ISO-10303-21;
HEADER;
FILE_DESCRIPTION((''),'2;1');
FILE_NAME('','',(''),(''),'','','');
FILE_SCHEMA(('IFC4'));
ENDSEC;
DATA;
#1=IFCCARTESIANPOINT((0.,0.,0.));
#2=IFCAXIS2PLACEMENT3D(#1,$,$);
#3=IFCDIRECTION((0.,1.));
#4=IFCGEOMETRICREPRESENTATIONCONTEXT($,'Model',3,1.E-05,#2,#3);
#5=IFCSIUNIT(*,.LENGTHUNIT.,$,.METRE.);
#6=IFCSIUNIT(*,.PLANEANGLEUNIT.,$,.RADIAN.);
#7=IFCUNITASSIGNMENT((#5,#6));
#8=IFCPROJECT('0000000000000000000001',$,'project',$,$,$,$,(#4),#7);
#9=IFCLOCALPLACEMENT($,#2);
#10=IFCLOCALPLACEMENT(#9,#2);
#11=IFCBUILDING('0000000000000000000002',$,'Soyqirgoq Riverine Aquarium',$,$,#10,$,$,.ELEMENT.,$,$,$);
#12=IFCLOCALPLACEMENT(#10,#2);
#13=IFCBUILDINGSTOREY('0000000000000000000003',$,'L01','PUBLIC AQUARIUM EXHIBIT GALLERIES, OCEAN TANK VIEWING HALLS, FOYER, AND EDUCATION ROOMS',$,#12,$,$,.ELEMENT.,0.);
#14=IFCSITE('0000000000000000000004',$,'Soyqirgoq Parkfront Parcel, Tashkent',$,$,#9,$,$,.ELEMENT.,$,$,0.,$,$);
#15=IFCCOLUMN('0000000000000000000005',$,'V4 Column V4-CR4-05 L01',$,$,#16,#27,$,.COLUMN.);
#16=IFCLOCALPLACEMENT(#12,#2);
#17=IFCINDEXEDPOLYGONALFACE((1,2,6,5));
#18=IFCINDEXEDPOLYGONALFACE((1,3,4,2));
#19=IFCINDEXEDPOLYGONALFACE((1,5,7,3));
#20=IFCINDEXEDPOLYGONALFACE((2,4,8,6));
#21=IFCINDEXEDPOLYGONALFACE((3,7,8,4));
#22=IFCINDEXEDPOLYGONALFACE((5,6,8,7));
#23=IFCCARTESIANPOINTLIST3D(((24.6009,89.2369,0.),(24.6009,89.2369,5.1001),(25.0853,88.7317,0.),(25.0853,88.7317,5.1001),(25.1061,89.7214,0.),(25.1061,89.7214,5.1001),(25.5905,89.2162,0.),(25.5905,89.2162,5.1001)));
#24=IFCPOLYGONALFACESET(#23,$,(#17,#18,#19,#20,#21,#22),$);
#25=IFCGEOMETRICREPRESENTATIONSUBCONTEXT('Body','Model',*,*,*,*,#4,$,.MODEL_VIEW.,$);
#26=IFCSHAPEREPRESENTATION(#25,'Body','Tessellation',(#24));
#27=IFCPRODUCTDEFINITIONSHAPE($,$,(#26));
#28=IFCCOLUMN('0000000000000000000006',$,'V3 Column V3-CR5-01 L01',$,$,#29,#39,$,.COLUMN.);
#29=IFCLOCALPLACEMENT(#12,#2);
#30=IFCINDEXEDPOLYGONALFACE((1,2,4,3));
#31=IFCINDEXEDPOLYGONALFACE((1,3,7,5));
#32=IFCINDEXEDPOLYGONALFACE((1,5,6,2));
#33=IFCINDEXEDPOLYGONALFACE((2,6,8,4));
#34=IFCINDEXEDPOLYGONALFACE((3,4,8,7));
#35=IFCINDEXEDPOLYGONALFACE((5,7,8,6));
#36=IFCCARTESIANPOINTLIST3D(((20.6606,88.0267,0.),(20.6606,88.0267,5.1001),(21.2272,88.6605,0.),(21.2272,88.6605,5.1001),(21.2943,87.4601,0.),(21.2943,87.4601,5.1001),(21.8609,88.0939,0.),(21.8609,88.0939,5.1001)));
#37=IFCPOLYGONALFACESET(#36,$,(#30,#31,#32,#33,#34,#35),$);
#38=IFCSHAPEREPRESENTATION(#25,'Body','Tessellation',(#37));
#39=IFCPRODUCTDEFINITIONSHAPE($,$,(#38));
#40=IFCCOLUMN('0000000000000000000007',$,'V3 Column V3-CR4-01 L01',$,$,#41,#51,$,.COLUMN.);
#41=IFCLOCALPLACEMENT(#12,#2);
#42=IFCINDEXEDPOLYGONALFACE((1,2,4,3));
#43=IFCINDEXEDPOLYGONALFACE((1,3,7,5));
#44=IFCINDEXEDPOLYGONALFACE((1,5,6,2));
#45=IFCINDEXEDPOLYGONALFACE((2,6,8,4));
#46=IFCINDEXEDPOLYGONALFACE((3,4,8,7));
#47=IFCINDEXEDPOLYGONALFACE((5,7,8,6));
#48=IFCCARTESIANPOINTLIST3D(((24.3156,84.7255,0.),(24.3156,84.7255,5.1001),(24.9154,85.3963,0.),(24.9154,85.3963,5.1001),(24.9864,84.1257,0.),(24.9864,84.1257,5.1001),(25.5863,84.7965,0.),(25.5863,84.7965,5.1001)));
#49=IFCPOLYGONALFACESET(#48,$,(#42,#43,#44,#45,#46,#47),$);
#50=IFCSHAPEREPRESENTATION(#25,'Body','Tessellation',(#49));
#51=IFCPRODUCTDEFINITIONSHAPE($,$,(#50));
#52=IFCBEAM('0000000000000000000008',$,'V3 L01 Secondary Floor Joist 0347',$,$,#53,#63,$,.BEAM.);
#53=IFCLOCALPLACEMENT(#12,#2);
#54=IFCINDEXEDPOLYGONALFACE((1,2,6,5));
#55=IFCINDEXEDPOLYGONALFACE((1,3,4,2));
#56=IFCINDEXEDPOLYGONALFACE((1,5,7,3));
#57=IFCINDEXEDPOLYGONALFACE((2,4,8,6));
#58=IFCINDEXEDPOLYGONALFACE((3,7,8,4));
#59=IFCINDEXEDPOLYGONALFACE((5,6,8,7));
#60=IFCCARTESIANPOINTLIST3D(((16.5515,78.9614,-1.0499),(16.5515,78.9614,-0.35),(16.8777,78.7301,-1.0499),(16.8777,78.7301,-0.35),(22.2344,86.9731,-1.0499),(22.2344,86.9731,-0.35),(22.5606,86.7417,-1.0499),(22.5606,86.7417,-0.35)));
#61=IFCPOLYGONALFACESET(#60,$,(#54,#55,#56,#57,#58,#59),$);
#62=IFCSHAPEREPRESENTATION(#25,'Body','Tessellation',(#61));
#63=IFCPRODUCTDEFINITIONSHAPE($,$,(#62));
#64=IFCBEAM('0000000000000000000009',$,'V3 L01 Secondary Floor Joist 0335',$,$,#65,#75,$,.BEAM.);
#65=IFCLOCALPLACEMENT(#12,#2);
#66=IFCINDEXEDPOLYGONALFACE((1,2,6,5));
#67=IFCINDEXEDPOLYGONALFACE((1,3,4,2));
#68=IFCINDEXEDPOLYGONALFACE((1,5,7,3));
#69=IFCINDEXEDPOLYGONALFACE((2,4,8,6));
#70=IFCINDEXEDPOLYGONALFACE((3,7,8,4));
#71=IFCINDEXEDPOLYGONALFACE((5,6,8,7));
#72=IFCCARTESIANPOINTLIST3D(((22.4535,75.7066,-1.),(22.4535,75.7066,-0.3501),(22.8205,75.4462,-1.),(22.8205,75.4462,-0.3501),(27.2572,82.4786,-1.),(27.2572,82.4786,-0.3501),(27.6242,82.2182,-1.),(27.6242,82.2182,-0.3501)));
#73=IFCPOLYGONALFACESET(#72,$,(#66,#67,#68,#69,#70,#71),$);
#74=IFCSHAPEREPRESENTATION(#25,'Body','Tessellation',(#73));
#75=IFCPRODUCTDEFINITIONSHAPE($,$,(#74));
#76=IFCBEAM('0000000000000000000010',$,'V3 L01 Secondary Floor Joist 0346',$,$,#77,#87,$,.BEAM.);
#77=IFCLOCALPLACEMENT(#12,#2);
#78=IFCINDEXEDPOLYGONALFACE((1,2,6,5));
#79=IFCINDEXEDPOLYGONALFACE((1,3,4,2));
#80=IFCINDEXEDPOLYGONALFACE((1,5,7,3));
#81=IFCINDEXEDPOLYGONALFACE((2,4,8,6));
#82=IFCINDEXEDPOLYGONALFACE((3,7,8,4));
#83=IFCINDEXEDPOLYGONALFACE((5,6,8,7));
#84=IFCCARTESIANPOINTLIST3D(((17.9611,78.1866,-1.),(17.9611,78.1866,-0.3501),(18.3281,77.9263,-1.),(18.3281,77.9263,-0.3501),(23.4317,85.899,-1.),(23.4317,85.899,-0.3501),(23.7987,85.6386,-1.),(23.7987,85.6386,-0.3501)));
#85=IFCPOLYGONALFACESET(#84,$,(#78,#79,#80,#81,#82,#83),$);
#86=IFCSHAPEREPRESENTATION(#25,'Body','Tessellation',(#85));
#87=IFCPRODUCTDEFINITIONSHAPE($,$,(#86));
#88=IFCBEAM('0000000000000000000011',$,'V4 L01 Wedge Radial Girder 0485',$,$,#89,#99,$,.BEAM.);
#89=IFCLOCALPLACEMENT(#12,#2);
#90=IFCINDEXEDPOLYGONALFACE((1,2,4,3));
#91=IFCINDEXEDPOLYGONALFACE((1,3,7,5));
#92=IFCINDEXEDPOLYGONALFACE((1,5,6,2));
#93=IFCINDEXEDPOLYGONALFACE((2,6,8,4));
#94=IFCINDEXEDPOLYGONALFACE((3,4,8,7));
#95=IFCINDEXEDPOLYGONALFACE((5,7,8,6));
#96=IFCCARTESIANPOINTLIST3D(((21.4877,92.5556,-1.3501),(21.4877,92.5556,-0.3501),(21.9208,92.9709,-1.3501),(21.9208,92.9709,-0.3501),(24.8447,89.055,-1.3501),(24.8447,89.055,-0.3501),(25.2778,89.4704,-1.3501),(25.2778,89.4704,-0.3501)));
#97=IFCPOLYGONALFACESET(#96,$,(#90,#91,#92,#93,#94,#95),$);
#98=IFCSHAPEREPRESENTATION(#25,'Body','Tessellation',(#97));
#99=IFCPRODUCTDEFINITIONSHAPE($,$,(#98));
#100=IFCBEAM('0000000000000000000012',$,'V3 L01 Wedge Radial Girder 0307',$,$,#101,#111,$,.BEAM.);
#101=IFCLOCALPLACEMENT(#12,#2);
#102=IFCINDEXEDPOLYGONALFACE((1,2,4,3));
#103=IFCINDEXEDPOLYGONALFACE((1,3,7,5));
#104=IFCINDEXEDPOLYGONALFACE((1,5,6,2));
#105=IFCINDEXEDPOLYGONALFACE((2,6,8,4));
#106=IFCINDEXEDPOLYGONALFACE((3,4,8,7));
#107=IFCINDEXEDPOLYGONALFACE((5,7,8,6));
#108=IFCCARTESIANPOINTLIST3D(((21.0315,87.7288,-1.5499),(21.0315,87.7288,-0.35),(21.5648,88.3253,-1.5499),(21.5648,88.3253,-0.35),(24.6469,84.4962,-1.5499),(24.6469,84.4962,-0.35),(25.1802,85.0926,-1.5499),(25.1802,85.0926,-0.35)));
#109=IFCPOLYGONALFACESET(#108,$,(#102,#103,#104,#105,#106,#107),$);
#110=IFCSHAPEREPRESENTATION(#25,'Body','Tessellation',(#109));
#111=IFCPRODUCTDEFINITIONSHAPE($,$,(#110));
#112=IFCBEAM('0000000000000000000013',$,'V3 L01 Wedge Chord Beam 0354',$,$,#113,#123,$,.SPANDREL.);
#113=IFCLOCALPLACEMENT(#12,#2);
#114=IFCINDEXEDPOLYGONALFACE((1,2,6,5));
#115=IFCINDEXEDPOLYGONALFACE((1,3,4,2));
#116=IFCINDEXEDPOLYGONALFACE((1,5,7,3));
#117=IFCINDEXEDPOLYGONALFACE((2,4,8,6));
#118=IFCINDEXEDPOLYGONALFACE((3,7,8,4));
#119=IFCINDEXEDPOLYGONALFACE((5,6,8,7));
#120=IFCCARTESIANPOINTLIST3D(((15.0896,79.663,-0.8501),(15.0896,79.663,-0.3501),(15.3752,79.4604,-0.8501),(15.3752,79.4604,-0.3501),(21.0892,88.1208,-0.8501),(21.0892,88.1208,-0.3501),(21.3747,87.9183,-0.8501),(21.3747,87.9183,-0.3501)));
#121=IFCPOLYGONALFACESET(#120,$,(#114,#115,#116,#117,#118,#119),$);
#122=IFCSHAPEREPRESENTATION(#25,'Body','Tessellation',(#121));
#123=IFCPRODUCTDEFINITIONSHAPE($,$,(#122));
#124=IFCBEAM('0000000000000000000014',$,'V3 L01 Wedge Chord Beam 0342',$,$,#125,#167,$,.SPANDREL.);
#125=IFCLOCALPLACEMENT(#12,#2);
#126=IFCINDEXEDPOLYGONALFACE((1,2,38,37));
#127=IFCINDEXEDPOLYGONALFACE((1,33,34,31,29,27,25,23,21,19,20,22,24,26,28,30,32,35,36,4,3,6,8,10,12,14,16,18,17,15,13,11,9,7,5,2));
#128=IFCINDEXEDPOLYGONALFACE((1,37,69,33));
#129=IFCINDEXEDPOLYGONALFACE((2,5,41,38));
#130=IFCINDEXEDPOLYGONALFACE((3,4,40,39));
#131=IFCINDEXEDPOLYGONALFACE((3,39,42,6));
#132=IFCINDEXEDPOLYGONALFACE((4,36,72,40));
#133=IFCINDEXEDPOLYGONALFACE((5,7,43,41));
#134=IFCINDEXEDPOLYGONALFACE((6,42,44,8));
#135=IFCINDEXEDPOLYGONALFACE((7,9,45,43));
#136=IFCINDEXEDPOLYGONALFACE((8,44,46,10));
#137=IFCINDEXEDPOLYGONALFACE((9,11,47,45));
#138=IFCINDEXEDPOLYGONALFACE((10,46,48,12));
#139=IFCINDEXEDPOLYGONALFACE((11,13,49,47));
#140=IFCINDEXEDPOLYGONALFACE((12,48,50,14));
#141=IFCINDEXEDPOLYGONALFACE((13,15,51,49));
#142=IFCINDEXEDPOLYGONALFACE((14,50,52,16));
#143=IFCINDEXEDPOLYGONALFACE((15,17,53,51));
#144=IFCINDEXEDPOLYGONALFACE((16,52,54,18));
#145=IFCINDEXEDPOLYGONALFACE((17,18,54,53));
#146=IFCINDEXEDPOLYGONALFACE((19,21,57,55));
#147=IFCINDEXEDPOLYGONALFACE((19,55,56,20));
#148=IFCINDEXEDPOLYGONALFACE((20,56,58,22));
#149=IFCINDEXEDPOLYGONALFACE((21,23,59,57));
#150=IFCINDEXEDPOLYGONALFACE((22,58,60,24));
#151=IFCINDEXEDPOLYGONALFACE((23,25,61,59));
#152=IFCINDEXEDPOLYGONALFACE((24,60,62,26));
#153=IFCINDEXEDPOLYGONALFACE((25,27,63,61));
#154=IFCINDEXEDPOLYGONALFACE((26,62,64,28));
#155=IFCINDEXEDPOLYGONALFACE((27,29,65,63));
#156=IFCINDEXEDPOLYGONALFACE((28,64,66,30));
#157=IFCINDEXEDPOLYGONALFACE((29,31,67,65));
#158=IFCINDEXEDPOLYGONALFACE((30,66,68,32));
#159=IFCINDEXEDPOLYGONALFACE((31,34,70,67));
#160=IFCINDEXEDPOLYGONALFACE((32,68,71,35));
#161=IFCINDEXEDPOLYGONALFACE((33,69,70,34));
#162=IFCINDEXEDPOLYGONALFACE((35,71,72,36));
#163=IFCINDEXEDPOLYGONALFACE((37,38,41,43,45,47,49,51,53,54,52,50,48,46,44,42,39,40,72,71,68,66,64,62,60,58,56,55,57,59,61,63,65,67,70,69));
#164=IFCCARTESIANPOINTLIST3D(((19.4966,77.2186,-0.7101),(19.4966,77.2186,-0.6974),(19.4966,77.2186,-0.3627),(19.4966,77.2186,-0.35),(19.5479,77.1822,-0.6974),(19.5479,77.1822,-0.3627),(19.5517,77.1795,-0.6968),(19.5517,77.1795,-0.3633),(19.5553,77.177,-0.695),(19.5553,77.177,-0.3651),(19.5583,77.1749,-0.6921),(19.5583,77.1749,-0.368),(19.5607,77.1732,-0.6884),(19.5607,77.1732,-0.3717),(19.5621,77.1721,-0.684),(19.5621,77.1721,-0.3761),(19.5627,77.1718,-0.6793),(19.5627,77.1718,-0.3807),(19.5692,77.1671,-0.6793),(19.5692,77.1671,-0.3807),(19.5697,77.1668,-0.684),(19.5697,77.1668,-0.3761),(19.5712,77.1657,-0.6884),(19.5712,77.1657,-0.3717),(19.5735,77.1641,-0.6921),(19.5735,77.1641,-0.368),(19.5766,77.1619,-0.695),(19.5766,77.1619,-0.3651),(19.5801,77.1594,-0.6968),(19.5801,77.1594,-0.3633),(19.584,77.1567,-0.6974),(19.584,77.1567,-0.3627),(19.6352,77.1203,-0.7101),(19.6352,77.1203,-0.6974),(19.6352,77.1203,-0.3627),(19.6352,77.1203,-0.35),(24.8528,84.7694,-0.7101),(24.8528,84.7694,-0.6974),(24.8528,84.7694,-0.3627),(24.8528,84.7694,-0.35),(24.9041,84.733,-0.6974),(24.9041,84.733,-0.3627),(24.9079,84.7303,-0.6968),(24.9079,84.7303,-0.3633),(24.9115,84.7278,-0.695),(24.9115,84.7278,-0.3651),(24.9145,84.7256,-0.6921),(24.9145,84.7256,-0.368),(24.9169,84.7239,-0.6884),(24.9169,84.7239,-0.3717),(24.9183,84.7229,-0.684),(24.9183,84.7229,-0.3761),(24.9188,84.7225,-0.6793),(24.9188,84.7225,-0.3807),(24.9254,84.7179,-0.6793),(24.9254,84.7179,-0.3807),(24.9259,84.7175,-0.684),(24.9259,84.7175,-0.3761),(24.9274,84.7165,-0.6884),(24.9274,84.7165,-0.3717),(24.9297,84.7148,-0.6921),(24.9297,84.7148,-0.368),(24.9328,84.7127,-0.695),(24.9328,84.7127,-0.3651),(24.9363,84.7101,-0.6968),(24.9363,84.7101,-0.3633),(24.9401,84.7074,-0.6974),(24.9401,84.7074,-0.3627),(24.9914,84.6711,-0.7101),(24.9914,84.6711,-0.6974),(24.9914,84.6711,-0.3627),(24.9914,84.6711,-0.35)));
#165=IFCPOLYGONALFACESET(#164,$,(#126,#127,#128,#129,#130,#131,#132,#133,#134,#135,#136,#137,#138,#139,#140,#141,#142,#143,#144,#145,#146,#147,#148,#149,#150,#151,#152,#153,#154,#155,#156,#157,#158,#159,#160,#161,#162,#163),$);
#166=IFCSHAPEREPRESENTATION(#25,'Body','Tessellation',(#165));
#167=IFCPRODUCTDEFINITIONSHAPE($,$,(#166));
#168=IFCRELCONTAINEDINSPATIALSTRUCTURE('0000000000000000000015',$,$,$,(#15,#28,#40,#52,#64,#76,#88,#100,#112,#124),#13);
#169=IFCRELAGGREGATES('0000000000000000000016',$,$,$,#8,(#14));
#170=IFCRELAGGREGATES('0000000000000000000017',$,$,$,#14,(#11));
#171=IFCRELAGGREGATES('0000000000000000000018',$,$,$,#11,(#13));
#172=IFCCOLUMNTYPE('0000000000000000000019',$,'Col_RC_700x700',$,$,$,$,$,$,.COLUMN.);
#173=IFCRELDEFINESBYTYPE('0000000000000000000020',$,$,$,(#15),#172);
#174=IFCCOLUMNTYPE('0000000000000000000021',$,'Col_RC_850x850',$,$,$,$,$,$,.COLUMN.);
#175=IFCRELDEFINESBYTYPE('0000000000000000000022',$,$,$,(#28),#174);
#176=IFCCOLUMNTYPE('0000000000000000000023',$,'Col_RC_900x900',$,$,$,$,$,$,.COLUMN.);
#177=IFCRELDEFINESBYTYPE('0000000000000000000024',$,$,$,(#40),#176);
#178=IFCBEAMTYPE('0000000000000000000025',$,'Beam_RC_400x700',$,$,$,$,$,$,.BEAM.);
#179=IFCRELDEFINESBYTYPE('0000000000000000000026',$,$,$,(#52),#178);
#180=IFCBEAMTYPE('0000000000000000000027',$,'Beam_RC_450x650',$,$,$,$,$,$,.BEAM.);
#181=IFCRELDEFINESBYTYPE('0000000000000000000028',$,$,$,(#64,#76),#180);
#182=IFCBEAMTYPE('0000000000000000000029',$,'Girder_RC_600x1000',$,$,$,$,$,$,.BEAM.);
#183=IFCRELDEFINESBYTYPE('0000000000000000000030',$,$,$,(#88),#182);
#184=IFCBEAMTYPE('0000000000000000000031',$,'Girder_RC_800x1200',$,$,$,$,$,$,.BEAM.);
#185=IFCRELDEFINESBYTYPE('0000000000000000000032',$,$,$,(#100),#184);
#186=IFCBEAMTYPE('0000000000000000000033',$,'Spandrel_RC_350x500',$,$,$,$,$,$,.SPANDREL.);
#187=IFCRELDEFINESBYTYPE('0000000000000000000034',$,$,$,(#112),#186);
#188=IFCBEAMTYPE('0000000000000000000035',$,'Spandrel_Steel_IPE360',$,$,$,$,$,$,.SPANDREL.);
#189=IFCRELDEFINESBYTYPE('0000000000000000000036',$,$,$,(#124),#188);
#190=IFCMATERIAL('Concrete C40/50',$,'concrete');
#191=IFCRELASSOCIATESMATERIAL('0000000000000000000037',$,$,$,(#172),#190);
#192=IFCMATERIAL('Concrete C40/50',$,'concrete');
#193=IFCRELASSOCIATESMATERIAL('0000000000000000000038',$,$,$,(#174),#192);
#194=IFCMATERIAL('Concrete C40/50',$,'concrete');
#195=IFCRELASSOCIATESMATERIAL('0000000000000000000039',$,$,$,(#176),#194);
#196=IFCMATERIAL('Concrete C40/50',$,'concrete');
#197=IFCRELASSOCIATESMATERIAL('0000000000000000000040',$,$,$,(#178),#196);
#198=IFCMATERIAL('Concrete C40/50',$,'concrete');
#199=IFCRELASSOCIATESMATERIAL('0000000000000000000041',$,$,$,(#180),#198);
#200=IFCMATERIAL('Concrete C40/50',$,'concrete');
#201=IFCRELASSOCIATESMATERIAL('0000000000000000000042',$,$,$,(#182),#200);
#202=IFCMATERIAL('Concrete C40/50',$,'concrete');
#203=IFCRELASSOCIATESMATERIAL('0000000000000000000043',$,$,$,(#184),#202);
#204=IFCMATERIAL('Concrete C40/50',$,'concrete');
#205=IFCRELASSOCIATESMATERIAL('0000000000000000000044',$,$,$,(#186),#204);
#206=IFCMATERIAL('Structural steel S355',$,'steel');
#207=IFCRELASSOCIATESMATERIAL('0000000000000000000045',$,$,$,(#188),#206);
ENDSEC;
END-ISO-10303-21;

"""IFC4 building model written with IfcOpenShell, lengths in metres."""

from ifc_helpers import new_model, si_unit, direction, frame, origin, origin_2d, place, context, subcontext, project, spatial, rectangle, i_section, extrude, material, material_profile, profile_set, type_object, element, save


model = new_model("IFC4")

# Units and contexts
model_context = context("Model", 3, precision=1e-05, world=origin(), true_north=direction((0.0, 1.0)))
body_context = subcontext(model_context, "Body", "Model", "MODEL_VIEW")
ifc_project = project(units=[si_unit("LENGTHUNIT", "METRE"), si_unit("PLANEANGLEUNIT", "RADIAN")], contexts=[model_context])

# Site, building, storey
site_placement = place(None, origin())
site = spatial("IfcSite", under=ifc_project, at=site_placement, Name="Soyqirgoq Parkfront Parcel, Tashkent", CompositionType="ELEMENT", RefElevation=0.0)
building_placement = place(site_placement, origin())
building = spatial("IfcBuilding", under=site, at=building_placement, Name="Soyqirgoq Riverine Aquarium", CompositionType="ELEMENT")
storey_placement = place(building_placement, origin())
storey = spatial("IfcBuildingStorey", under=building, at=storey_placement, Name="L01", Description="PUBLIC AQUARIUM EXHIBIT GALLERIES, OCEAN TANK VIEWING HALLS, FOYER, AND EDUCATION ROOMS", CompositionType="ELEMENT", Elevation=0.0)

# Columns
ifc_material_1 = material(Name="Concrete C40/50", Category="concrete")
ifc_material_profile_1 = material_profile(ifc_material_1, rectangle(XDim=0.7, YDim=0.7, at=origin_2d()), Name="RC 700x700")
ifc_profile_set_1 = profile_set([ifc_material_profile_1], Name="Concrete C40/50")
column_type_1 = type_object("IfcColumnType", Name="Col_RC_700x700", PredefinedType="COLUMN", material=ifc_profile_set_1)
column_1_placement = place(storey_placement, frame((25.0957, 89.2266, 0.0), z_axis=(0.0, 0.0, 1.0), x_axis=(-0.692143, 0.72176, 0.0)))
element("IfcColumn", 1, at=column_1_placement, inside=storey, type_object=column_type_1, Name="V4 Column V4-CR4-05 L01", PredefinedType="COLUMN", context=body_context, shape_type="SweptSolid", body=[
    extrude(rectangle(XDim=0.7, YDim=0.7, at=origin_2d()), origin(), (0.0, 0.0, 1.0), 5.1001),
])
ifc_material_2 = material(Name="Concrete C40/50", Category="concrete")
ifc_material_profile_2 = material_profile(ifc_material_2, rectangle(XDim=0.8501, YDim=0.8501, at=origin_2d()), Name="RC 850x850")
ifc_profile_set_2 = profile_set([ifc_material_profile_2], Name="Concrete C40/50")
column_type_2 = type_object("IfcColumnType", Name="Col_RC_850x850", PredefinedType="COLUMN", material=ifc_profile_set_2)
column_2_placement = place(storey_placement, frame((21.2607, 88.0603, 0.0), z_axis=(0.0, 0.0, 1.0), x_axis=(-0.745476, 0.666532, 0.0)))
element("IfcColumn", 2, at=column_2_placement, inside=storey, type_object=column_type_2, Name="V3 Column V3-CR5-01 L01", PredefinedType="COLUMN", context=body_context, shape_type="SweptSolid", body=[
    extrude(rectangle(XDim=0.8501, YDim=0.8501, at=origin_2d()), origin(), (0.0, 0.0, 1.0), 5.1001),
])
ifc_material_3 = material(Name="Concrete C40/50", Category="concrete")
ifc_material_profile_3 = material_profile(ifc_material_3, rectangle(XDim=0.8999, YDim=0.8999, at=origin_2d()), Name="RC 900x900")
ifc_profile_set_3 = profile_set([ifc_material_profile_3], Name="Concrete C40/50")
column_type_3 = type_object("IfcColumnType", Name="Col_RC_900x900", PredefinedType="COLUMN", material=ifc_profile_set_3)
column_3_placement = place(storey_placement, frame((24.9509, 84.761, 0.0), z_axis=(0.0, 0.0, 1.0), x_axis=(-0.745476, 0.666532, 0.0)))
element("IfcColumn", 3, at=column_3_placement, inside=storey, type_object=column_type_3, Name="V3 Column V3-CR4-01 L01", PredefinedType="COLUMN", context=body_context, shape_type="SweptSolid", body=[
    extrude(rectangle(XDim=0.8999, YDim=0.8999, at=origin_2d()), origin(), (0.0, 0.0, 1.0), 5.1001),
])

# Beams
ifc_material_4 = material(Name="Concrete C40/50", Category="concrete")
ifc_material_profile_4 = material_profile(ifc_material_4, rectangle(XDim=0.3999, YDim=0.7, at=origin_2d()), Name="RC 400x700")
ifc_profile_set_4 = profile_set([ifc_material_profile_4], Name="Concrete C40/50")
beam_type_1 = type_object("IfcBeamType", Name="Beam_RC_400x700", PredefinedType="BEAM", material=ifc_profile_set_4)
beam_1_placement = place(storey_placement, frame((22.3975, 86.8574, -0.7), z_axis=(-0.578552, -0.815645, 0.0), x_axis=(0.815645, -0.578552, 0.0)))
element("IfcBeam", 4, at=beam_1_placement, inside=storey, type_object=beam_type_1, Name="V3 L01 Secondary Floor Joist 0347", PredefinedType="BEAM", context=body_context, shape_type="SweptSolid", body=[
    extrude(rectangle(XDim=0.3999, YDim=0.7, at=origin_2d()), origin(), (0.0, 0.0, 1.0), 9.8225),
])
ifc_material_5 = material(Name="Concrete C40/50", Category="concrete")
ifc_material_profile_5 = material_profile(ifc_material_5, rectangle(XDim=0.45, YDim=0.6499, at=origin_2d()), Name="RC 450x650")
ifc_profile_set_5 = profile_set([ifc_material_profile_5], Name="Concrete C40/50")
beam_type_2 = type_object("IfcBeamType", Name="Beam_RC_450x650", PredefinedType="BEAM", material=ifc_profile_set_5)
beam_2_placement = place(storey_placement, frame((27.4407, 82.3484, -0.675), z_axis=(-0.57857, -0.815632, 0.0), x_axis=(0.815632, -0.57857, 0.0)))
element("IfcBeam", 5, at=beam_2_placement, inside=storey, type_object=beam_type_2, Name="V3 L01 Secondary Floor Joist 0335", PredefinedType="BEAM", context=body_context, shape_type="SweptSolid", body=[
    extrude(rectangle(XDim=0.45, YDim=0.6499, at=origin_2d()), origin(), (0.0, 0.0, 1.0), 8.3027),
])
beam_3_placement = place(storey_placement, frame((23.6152, 85.7688, -0.675), z_axis=(-0.578563, -0.815638, 0.0), x_axis=(0.815638, -0.578563, 0.0)))
element("IfcBeam", 6, at=beam_3_placement, inside=storey, type_object=beam_type_2, Name="V3 L01 Secondary Floor Joist 0346", PredefinedType="BEAM", context=body_context, shape_type="SweptSolid", body=[
    extrude(rectangle(XDim=0.45, YDim=0.6499, at=origin_2d()), origin(), (0.0, 0.0, 1.0), 9.4556),
])
ifc_material_6 = material(Name="Concrete C40/50", Category="concrete")
ifc_material_profile_6 = material_profile(ifc_material_6, rectangle(XDim=0.6001, YDim=1.0, at=origin_2d()), Name="RC 600x1000")
ifc_profile_set_6 = profile_set([ifc_material_profile_6], Name="Concrete C40/50")
beam_type_3 = type_object("IfcBeamType", Name="Girder_RC_600x1000", PredefinedType="BEAM", material=ifc_profile_set_6)
beam_4_placement = place(storey_placement, frame((25.0613, 89.2627, -0.8501), z_axis=(-0.692152, 0.721751, 0.0), x_axis=(-0.721751, -0.692152, 0.0)))
element("IfcBeam", 7, at=beam_4_placement, inside=storey, type_object=beam_type_3, Name="V4 L01 Wedge Radial Girder 0485", PredefinedType="BEAM", context=body_context, shape_type="SweptSolid", body=[
    extrude(rectangle(XDim=0.6001, YDim=1.0, at=origin_2d()), origin(), (0.0, 0.0, 1.0), 4.8501),
])
ifc_material_7 = material(Name="Concrete C40/50", Category="concrete")
ifc_material_profile_7 = material_profile(ifc_material_7, rectangle(XDim=0.8, YDim=1.2, at=origin_2d()), Name="RC 800x1200")
ifc_profile_set_7 = profile_set([ifc_material_profile_7], Name="Concrete C40/50")
beam_type_4 = type_object("IfcBeamType", Name="Girder_RC_800x1200", PredefinedType="BEAM", material=ifc_profile_set_7)
beam_5_placement = place(storey_placement, frame((24.9136, 84.7944, -0.95), z_axis=(-0.74547, 0.666539, 0.0), x_axis=(-0.666539, -0.74547, 0.0)))
element("IfcBeam", 8, at=beam_5_placement, inside=storey, type_object=beam_type_4, Name="V3 L01 Wedge Radial Girder 0307", PredefinedType="BEAM", context=body_context, shape_type="SweptSolid", body=[
    extrude(rectangle(XDim=0.8, YDim=1.2, at=origin_2d()), origin(), (0.0, 0.0, 1.0), 4.8499),
])
ifc_material_8 = material(Name="Concrete C40/50", Category="concrete")
ifc_material_profile_8 = material_profile(ifc_material_8, rectangle(XDim=0.3501, YDim=0.5, at=origin_2d()), Name="RC 350x500")
ifc_profile_set_8 = profile_set([ifc_material_profile_8], Name="Concrete C40/50")
beam_type_5 = type_object("IfcBeamType", Name="Spandrel_RC_350x500", PredefinedType="SPANDREL", material=ifc_profile_set_8)
beam_6_placement = place(storey_placement, frame((21.2319, 88.0195, -0.6001), z_axis=(-0.578569, -0.815633, 0.0), x_axis=(0.815633, -0.578569, 0.0)))
element("IfcBeam", 9, at=beam_6_placement, inside=storey, type_object=beam_type_5, Name="V3 L01 Wedge Chord Beam 0354", PredefinedType="SPANDREL", context=body_context, shape_type="SweptSolid", body=[
    extrude(rectangle(XDim=0.3501, YDim=0.5, at=origin_2d()), origin(), (0.0, 0.0, 1.0), 10.3696),
])
ifc_material_9 = material(Name="Structural steel S355", Category="steel")
ifc_material_profile_9 = material_profile(ifc_material_9, i_section(OverallWidth=0.1699, OverallDepth=0.3601, WebThickness=0.0081, FlangeThickness=0.0127, FilletRadius=0.0181, at=origin_2d()), Name="IPE 360")
ifc_profile_set_9 = profile_set([ifc_material_profile_9], Name="Structural steel S355")
beam_type_6 = type_object("IfcBeamType", Name="Spandrel_Steel_IPE360", PredefinedType="SPANDREL", material=ifc_profile_set_9)
beam_7_placement = place(storey_placement, frame((24.9221, 84.7202, -0.53), z_axis=(-0.578573, -0.81563, 0.0), x_axis=(0.81563, -0.578573, 0.0)))
element("IfcBeam", 10, at=beam_7_placement, inside=storey, type_object=beam_type_6, Name="V3 L01 Wedge Chord Beam 0342", PredefinedType="SPANDREL", context=body_context, shape_type="SweptSolid", body=[
    extrude(i_section(OverallWidth=0.1699, OverallDepth=0.3601, WebThickness=0.0081, FlangeThickness=0.0127, FilletRadius=0.0181, at=origin_2d()), origin(), (0.0, 0.0, 1.0), 9.2576),
])

save(model, "model.ifc")
